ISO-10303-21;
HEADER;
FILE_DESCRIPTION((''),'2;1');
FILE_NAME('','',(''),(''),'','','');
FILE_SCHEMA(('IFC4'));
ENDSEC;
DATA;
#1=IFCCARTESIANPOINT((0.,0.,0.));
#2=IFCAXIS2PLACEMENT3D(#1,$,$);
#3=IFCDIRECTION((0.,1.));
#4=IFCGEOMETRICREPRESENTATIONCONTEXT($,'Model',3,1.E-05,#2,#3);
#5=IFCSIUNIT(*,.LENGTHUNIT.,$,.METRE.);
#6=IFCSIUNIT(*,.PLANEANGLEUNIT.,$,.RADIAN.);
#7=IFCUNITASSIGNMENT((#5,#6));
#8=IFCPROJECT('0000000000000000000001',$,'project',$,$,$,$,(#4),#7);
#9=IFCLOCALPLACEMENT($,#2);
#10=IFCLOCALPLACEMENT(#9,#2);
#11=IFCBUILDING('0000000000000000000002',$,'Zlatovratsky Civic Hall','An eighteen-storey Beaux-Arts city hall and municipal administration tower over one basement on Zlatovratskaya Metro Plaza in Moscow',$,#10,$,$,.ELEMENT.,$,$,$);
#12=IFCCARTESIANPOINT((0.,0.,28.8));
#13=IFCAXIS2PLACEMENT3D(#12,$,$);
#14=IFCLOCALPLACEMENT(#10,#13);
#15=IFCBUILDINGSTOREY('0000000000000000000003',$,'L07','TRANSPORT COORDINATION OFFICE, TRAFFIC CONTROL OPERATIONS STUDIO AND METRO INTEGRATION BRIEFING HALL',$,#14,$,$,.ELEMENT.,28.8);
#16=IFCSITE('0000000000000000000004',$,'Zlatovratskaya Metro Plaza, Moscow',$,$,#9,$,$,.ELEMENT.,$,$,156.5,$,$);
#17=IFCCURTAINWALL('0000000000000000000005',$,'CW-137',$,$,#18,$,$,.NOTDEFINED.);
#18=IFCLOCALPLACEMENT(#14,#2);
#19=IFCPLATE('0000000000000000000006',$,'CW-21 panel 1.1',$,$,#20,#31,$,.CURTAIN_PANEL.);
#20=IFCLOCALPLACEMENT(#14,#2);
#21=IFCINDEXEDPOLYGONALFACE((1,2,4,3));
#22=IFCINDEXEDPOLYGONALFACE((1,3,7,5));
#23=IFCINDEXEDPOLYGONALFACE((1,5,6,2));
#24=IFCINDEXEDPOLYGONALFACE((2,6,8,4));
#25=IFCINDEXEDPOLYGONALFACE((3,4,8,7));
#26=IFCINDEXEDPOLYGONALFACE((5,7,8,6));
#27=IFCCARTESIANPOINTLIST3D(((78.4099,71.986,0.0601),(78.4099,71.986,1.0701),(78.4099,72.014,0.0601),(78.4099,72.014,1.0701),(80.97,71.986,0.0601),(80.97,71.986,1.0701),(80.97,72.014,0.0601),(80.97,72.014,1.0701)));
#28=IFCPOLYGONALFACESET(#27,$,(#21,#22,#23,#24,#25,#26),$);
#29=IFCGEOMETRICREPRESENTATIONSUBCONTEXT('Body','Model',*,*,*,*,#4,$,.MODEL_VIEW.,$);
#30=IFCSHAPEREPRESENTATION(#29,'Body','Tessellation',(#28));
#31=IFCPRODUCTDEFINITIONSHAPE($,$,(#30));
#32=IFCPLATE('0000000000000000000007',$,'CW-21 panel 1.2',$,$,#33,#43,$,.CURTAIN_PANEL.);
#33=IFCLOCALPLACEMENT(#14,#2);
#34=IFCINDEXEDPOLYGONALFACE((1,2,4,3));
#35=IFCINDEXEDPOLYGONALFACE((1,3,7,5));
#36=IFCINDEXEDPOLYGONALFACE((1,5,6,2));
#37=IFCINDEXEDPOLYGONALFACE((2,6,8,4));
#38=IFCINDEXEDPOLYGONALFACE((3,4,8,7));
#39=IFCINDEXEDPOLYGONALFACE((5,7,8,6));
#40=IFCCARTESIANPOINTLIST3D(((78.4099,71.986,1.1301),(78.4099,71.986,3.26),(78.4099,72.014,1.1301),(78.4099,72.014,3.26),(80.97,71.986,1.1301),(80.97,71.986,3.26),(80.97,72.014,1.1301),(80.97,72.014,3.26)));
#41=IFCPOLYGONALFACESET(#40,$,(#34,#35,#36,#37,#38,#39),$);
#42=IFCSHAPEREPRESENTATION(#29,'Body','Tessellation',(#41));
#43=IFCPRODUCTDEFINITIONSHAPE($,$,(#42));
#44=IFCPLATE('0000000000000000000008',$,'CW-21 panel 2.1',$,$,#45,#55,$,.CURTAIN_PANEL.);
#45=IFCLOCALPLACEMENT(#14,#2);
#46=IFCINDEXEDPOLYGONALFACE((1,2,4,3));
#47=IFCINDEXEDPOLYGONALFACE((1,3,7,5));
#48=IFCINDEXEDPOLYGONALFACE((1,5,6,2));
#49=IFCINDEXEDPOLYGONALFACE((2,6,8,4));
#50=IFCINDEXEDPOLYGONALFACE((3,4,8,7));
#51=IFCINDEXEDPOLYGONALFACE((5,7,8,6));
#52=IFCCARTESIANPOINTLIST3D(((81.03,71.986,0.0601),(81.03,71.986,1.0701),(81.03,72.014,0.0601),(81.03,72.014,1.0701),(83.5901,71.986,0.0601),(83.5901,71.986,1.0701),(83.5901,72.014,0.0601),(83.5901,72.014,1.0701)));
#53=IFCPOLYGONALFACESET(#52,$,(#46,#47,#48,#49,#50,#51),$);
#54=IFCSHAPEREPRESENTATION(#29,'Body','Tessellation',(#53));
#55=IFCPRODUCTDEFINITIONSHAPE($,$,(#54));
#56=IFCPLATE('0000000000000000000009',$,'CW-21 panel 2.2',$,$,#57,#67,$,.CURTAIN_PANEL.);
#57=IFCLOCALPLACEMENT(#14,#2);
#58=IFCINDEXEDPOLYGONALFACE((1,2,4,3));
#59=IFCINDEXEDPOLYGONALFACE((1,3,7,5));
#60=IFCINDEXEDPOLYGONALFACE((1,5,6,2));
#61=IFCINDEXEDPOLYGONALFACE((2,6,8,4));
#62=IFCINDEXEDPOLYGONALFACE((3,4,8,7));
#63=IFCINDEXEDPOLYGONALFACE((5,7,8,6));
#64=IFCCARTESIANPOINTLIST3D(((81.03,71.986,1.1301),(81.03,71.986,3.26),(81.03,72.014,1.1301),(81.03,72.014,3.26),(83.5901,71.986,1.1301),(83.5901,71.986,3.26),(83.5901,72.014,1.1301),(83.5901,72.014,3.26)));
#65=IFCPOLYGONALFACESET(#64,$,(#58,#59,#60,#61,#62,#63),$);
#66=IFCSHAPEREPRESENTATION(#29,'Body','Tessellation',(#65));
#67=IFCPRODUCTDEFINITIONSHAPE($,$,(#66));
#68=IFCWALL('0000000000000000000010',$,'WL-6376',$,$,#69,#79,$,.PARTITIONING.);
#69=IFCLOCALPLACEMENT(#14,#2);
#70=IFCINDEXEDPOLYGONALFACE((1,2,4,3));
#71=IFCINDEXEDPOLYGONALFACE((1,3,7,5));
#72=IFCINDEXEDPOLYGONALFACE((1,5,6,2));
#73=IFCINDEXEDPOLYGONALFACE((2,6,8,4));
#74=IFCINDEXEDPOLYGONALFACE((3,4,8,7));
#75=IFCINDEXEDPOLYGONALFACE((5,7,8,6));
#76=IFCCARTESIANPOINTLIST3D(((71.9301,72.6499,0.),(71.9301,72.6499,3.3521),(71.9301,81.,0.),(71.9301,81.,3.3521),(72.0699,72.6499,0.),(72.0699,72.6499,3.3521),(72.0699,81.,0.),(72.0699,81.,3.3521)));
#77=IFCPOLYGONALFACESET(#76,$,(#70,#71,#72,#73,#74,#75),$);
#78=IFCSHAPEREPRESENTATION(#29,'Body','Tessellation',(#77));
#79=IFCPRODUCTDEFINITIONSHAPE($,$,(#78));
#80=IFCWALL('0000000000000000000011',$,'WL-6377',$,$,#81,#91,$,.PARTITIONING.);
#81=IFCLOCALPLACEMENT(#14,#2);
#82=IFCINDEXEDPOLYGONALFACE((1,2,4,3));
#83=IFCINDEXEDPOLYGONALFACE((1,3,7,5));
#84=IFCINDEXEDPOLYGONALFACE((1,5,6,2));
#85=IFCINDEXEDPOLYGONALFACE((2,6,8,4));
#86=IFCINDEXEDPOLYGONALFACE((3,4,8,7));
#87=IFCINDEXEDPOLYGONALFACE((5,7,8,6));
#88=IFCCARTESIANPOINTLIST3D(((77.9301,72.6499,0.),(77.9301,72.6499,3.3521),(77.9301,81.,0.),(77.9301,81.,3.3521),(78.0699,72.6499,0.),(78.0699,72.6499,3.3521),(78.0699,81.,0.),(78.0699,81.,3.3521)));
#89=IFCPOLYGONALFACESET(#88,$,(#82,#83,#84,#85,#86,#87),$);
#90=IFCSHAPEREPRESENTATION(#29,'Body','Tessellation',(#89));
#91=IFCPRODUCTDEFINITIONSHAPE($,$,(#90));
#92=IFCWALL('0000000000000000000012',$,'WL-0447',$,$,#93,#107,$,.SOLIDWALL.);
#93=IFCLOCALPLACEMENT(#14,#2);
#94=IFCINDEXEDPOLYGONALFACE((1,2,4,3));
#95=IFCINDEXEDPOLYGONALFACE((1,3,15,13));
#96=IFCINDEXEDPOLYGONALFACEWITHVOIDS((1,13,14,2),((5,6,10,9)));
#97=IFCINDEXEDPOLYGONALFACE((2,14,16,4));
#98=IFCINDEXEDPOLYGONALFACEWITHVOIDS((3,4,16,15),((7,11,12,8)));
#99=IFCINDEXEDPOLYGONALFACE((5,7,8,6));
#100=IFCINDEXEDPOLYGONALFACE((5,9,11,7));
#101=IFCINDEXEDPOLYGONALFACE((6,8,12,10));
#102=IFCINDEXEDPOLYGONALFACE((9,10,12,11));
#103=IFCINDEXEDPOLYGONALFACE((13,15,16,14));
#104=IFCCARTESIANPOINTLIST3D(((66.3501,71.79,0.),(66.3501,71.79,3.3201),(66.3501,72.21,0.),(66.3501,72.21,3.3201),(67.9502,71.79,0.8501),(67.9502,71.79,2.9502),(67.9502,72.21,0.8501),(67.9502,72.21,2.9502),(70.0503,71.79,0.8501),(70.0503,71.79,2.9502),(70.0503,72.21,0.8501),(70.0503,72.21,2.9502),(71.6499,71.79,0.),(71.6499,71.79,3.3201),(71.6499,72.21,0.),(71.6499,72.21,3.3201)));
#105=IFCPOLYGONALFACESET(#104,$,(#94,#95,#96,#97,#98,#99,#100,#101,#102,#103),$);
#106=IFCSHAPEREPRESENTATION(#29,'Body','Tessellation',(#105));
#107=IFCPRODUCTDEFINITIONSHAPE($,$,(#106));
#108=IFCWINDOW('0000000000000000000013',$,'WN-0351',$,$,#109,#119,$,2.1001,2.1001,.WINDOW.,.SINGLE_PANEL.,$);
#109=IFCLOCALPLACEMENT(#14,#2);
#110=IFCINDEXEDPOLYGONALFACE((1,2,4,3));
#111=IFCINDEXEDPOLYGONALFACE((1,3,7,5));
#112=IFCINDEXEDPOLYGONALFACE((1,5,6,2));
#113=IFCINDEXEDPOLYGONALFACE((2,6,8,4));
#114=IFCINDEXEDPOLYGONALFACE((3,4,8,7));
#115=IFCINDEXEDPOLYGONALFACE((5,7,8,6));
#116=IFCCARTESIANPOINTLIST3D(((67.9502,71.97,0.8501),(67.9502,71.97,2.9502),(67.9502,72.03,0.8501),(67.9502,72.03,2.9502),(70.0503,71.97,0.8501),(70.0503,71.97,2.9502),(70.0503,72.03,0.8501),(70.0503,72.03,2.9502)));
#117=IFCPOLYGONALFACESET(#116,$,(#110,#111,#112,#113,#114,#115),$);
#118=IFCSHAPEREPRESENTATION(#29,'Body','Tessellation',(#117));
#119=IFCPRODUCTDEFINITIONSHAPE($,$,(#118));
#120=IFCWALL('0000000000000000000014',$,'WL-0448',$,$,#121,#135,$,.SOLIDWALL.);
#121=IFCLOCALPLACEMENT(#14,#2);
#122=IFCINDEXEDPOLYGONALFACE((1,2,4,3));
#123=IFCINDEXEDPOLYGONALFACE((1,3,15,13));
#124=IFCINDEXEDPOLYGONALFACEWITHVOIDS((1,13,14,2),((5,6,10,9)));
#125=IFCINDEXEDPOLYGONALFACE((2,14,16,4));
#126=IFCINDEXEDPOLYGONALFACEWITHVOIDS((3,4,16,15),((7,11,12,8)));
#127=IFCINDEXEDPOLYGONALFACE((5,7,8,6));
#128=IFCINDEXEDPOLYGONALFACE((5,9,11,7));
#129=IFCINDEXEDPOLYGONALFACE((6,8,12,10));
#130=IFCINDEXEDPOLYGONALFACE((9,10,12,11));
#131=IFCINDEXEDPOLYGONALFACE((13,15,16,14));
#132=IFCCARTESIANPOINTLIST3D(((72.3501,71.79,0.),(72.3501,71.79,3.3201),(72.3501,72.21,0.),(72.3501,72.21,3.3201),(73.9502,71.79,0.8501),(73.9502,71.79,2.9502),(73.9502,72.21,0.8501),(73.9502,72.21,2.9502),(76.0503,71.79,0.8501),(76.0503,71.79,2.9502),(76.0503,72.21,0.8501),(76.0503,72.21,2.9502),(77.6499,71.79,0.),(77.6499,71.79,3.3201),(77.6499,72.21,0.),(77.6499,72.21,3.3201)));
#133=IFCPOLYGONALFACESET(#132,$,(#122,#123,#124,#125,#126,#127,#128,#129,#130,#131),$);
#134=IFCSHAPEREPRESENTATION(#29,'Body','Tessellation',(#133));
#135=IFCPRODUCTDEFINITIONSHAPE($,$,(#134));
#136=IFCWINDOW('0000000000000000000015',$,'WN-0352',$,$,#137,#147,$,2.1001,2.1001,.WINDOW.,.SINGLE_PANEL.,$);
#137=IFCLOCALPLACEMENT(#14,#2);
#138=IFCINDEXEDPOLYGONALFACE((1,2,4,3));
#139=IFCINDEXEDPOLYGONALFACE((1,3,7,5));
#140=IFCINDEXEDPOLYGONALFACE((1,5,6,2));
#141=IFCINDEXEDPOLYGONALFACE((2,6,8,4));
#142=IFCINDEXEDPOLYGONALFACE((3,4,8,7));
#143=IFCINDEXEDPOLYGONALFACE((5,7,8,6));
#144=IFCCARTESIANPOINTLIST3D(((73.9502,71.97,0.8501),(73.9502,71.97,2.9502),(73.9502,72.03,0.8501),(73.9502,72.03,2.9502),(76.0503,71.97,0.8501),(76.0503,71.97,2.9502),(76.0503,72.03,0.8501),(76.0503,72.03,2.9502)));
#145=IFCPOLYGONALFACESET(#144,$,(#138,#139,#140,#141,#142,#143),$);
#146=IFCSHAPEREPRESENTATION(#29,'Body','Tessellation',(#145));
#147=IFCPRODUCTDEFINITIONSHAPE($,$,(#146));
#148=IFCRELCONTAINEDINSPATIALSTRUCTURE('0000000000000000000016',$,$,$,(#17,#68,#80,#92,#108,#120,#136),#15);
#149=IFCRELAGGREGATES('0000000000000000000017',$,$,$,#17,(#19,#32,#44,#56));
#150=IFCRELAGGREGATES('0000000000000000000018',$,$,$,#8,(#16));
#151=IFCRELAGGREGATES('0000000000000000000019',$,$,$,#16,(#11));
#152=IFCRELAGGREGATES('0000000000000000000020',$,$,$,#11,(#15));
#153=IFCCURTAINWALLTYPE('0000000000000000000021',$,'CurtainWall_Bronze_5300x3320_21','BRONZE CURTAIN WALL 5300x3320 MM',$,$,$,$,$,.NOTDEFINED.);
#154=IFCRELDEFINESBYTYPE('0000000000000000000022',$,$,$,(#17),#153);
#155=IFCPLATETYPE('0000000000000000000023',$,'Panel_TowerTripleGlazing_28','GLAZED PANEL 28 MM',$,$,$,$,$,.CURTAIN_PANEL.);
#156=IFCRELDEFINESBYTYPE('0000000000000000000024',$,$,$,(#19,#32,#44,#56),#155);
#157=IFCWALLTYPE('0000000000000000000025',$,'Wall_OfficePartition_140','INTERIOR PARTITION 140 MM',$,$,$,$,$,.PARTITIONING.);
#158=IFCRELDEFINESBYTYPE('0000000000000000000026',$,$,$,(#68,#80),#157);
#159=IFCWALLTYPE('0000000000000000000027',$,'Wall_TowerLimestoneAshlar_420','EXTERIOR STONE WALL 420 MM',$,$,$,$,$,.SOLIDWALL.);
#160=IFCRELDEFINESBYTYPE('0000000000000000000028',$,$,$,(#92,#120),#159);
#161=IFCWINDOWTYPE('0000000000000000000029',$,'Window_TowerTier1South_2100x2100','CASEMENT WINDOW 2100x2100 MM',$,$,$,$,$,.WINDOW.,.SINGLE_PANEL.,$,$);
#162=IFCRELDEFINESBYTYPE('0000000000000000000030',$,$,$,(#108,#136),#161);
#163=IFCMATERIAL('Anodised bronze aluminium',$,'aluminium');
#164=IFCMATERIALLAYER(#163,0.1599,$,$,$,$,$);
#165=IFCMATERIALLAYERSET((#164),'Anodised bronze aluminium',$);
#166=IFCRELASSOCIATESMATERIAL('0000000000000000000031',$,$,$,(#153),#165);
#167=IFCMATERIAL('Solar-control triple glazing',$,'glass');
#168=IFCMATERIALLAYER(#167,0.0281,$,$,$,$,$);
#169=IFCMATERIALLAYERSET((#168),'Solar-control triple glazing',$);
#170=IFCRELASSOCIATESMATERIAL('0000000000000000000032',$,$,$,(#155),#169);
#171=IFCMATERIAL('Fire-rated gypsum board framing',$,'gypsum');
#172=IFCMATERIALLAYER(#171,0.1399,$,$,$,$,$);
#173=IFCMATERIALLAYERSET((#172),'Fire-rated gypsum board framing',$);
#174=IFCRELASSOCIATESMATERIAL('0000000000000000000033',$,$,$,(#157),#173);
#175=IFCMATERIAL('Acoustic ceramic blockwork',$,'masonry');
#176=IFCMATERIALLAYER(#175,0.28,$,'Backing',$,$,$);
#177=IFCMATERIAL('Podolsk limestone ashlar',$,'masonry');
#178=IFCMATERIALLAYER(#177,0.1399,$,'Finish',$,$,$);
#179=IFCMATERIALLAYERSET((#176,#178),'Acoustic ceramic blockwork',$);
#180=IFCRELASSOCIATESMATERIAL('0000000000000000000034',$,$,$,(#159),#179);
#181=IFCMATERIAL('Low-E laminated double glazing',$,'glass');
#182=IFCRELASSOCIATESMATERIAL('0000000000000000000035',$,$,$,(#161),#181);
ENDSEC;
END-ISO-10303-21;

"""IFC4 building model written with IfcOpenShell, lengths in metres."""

from ifc_helpers import new_model, si_unit, direction, frame, frame_2d, origin, origin_2d, place, context, subcontext, project, spatial, rectangle, extrude, material, layer, layer_set, type_object, element, fill, aggregate, save


model = new_model("IFC4")

# Units and contexts
model_context = context("Model", 3, precision=1e-05, world=origin(), true_north=direction((0.0, 1.0)))
body_context = subcontext(model_context, "Body", "Model", "MODEL_VIEW")
ifc_project = project(units=[si_unit("LENGTHUNIT", "METRE"), si_unit("PLANEANGLEUNIT", "RADIAN")], contexts=[model_context])

# Site, building, storey
site_placement = place(None, origin())
site = spatial("IfcSite", under=ifc_project, at=site_placement, Name="Zlatovratskaya Metro Plaza, Moscow", CompositionType="ELEMENT", RefElevation=156.5)
building_placement = place(site_placement, origin())
building = spatial("IfcBuilding", under=site, at=building_placement, Name="Zlatovratsky Civic Hall", Description="An eighteen-storey Beaux-Arts city hall and municipal administration tower over one basement on Zlatovratskaya Metro Plaza in Moscow", CompositionType="ELEMENT")
storey_placement = place(building_placement, frame((0.0, 0.0, 28.8)))
storey = spatial("IfcBuildingStorey", under=building, at=storey_placement, Name="L07", Description="TRANSPORT COORDINATION OFFICE, TRAFFIC CONTROL OPERATIONS STUDIO AND METRO INTEGRATION BRIEFING HALL", CompositionType="ELEMENT", Elevation=28.8)

# Curtain wall, plates
ifc_material_1 = material(Name="Anodised bronze aluminium", Category="aluminium")
ifc_layer_1 = layer(ifc_material_1, 0.1599)
ifc_layer_set_1 = layer_set([ifc_layer_1], Name="Anodised bronze aluminium")
curtain_wall_type = type_object("IfcCurtainWallType", Name="CurtainWall_Bronze_5300x3320_21", Description="BRONZE CURTAIN WALL 5300x3320 MM", PredefinedType="NOTDEFINED", material=ifc_layer_set_1)
curtain_wall_placement = place(storey_placement, origin())
curtain_wall = element("IfcCurtainWall", 1, at=curtain_wall_placement, inside=storey, type_object=curtain_wall_type, Name="CW-137", PredefinedType="NOTDEFINED")
ifc_material_2 = material(Name="Solar-control triple glazing", Category="glass")
ifc_layer_2 = layer(ifc_material_2, 0.0281)
ifc_layer_set_2 = layer_set([ifc_layer_2], Name="Solar-control triple glazing")
plate_type = type_object("IfcPlateType", Name="Panel_TowerTripleGlazing_28", Description="GLAZED PANEL 28 MM", PredefinedType="CURTAIN_PANEL", material=ifc_layer_set_2)
plate_1_placement = place(storey_placement, frame((79.6899, 72.0, 0.0601), z_axis=(0.0, 0.0, 1.0), x_axis=(1.0, 0.0, 0.0)))
plate_1 = element("IfcPlate", 2, at=plate_1_placement, type_object=plate_type, Name="CW-21 panel 1.1", PredefinedType="CURTAIN_PANEL", context=body_context, shape_type="SweptSolid", body=[
    extrude(rectangle(XDim=2.5601, YDim=0.0281, at=origin_2d()), origin(), (0.0, 0.0, 1.0), 1.01),
])
plate_2_placement = place(storey_placement, frame((79.6899, 72.0, 1.1301), z_axis=(0.0, 0.0, 1.0), x_axis=(1.0, 0.0, 0.0)))
plate_2 = element("IfcPlate", 3, at=plate_2_placement, type_object=plate_type, Name="CW-21 panel 1.2", PredefinedType="CURTAIN_PANEL", context=body_context, shape_type="SweptSolid", body=[
    extrude(rectangle(XDim=2.5601, YDim=0.0281, at=origin_2d()), origin(), (0.0, 0.0, 1.0), 2.1299),
])
plate_3_placement = place(storey_placement, frame((82.3101, 72.0, 0.0601), z_axis=(0.0, 0.0, 1.0), x_axis=(1.0, 0.0, 0.0)))
plate_3 = element("IfcPlate", 4, at=plate_3_placement, type_object=plate_type, Name="CW-21 panel 2.1", PredefinedType="CURTAIN_PANEL", context=body_context, shape_type="SweptSolid", body=[
    extrude(rectangle(XDim=2.5601, YDim=0.0281, at=origin_2d()), origin(), (0.0, 0.0, 1.0), 1.01),
])
plate_4_placement = place(storey_placement, frame((82.3101, 72.0, 1.1301), z_axis=(0.0, 0.0, 1.0), x_axis=(1.0, 0.0, 0.0)))
plate_4 = element("IfcPlate", 5, at=plate_4_placement, type_object=plate_type, Name="CW-21 panel 2.2", PredefinedType="CURTAIN_PANEL", context=body_context, shape_type="SweptSolid", body=[
    extrude(rectangle(XDim=2.5601, YDim=0.0281, at=origin_2d()), origin(), (0.0, 0.0, 1.0), 2.1299),
])
aggregate(curtain_wall, [plate_1, plate_2, plate_3, plate_4])

# Walls
ifc_material_3 = material(Name="Fire-rated gypsum board framing", Category="gypsum")
ifc_layer_3 = layer(ifc_material_3, 0.1399)
ifc_layer_set_3 = layer_set([ifc_layer_3], Name="Fire-rated gypsum board framing")
wall_type_1 = type_object("IfcWallType", Name="Wall_OfficePartition_140", Description="INTERIOR PARTITION 140 MM", PredefinedType="PARTITIONING", material=ifc_layer_set_3)
for number, where, z_axis, x_axis, name in (
    (6, (72.0, 72.6499, 0.0), (0.0, 0.0, 1.0), (0.0, 1.0, 0.0), "WL-6376"),
    (7, (78.0, 72.6499, 0.0), (0.0, 0.0, 1.0), (0.0, 1.0, 0.0), "WL-6377"),
):
    element("IfcWall", number, at=place(storey_placement, frame(where, z_axis=z_axis, x_axis=x_axis)), inside=storey, type_object=wall_type_1, Name=name, PredefinedType="PARTITIONING", context=body_context, shape_type="SweptSolid", body=[
        extrude(rectangle(XDim=8.3501, YDim=0.1399, at=frame_2d((4.175, 0.0))), origin(), (0.0, 0.0, 1.0), 3.3521),
    ])

# Walls, openings, windows
ifc_material_4 = material(Name="Acoustic ceramic blockwork", Category="masonry")
ifc_layer_4 = layer(ifc_material_4, 0.28, Name="Backing")
ifc_material_5 = material(Name="Podolsk limestone ashlar", Category="masonry")
ifc_layer_5 = layer(ifc_material_5, 0.1399, Name="Finish")
ifc_layer_set_4 = layer_set([ifc_layer_4, ifc_layer_5], Name="Acoustic ceramic blockwork")
wall_type_2 = type_object("IfcWallType", Name="Wall_TowerLimestoneAshlar_420", Description="EXTERIOR STONE WALL 420 MM", PredefinedType="SOLIDWALL", material=ifc_layer_set_4)
wall_1_placement = place(storey_placement, frame((66.3501, 72.0, 0.0), z_axis=(0.0, 0.0, 1.0), x_axis=(1.0, 0.0, 0.0)))
wall_1 = element("IfcWall", 8, at=wall_1_placement, inside=storey, type_object=wall_type_2, Name="WL-0447", PredefinedType="SOLIDWALL", context=body_context, shape_type="SweptSolid", body=[
    extrude(rectangle(XDim=5.2998, YDim=0.4199, at=frame_2d((2.6499, 0.0))), origin(), (0.0, 0.0, 1.0), 3.3201),
])
opening_1_placement = place(wall_1_placement, frame((1.6001, 0.0, 0.8501)))
opening_1 = element("IfcOpeningElement", 9, at=opening_1_placement, cuts=wall_1, PredefinedType="OPENING", context=body_context, shape_type="SweptSolid", body=[
    extrude(rectangle(XDim=2.1001, YDim=2.1001, at=frame_2d((1.05, 1.05))), frame((0.0, 0.2249, 0.0), z_axis=(0.0, -1.0, 0.0), x_axis=(1.0, 0.0, 0.0)), (0.0, 0.0, 1.0), 0.4497),
])
ifc_material_6 = material(Name="Low-E laminated double glazing", Category="glass")
window_type = type_object("IfcWindowType", Name="Window_TowerTier1South_2100x2100", Description="CASEMENT WINDOW 2100x2100 MM", PartitioningType="SINGLE_PANEL", PredefinedType="WINDOW", material=ifc_material_6)
window_1_placement = place(opening_1_placement, origin())
window_1 = element("IfcWindow", 10, at=window_1_placement, inside=storey, type_object=window_type, Name="WN-0351", OverallHeight=2.1001, OverallWidth=2.1001, PartitioningType="SINGLE_PANEL", PredefinedType="WINDOW", context=body_context, shape_type="SweptSolid", body=[
    extrude(rectangle(XDim=2.1001, YDim=2.1001, at=frame_2d((1.05, 1.05))), frame((0.0, 0.03, 0.0), z_axis=(0.0, -1.0, 0.0), x_axis=(1.0, 0.0, 0.0)), (0.0, 0.0, 1.0), 0.0601),
])
fill(opening_1, window_1)
wall_2_placement = place(storey_placement, frame((72.3501, 72.0, 0.0), z_axis=(0.0, 0.0, 1.0), x_axis=(1.0, 0.0, 0.0)))
wall_2 = element("IfcWall", 11, at=wall_2_placement, inside=storey, type_object=wall_type_2, Name="WL-0448", PredefinedType="SOLIDWALL", context=body_context, shape_type="SweptSolid", body=[
    extrude(rectangle(XDim=5.2998, YDim=0.4199, at=frame_2d((2.6499, 0.0))), origin(), (0.0, 0.0, 1.0), 3.3201),
])
opening_2_placement = place(wall_2_placement, frame((1.6001, 0.0, 0.8501)))
opening_2 = element("IfcOpeningElement", 12, at=opening_2_placement, cuts=wall_2, PredefinedType="OPENING", context=body_context, shape_type="SweptSolid", body=[
    extrude(rectangle(XDim=2.1001, YDim=2.1001, at=frame_2d((1.05, 1.05))), frame((0.0, 0.2249, 0.0), z_axis=(0.0, -1.0, 0.0), x_axis=(1.0, 0.0, 0.0)), (0.0, 0.0, 1.0), 0.4497),
])
window_2_placement = place(opening_2_placement, origin())
window_2 = element("IfcWindow", 13, at=window_2_placement, inside=storey, type_object=window_type, Name="WN-0352", OverallHeight=2.1001, OverallWidth=2.1001, PartitioningType="SINGLE_PANEL", PredefinedType="WINDOW", context=body_context, shape_type="SweptSolid", body=[
    extrude(rectangle(XDim=2.1001, YDim=2.1001, at=frame_2d((1.05, 1.05))), frame((0.0, 0.03, 0.0), z_axis=(0.0, -1.0, 0.0), x_axis=(1.0, 0.0, 0.0)), (0.0, 0.0, 1.0), 0.0601),
])
fill(opening_2, window_2)

save(model, "model.ifc")
